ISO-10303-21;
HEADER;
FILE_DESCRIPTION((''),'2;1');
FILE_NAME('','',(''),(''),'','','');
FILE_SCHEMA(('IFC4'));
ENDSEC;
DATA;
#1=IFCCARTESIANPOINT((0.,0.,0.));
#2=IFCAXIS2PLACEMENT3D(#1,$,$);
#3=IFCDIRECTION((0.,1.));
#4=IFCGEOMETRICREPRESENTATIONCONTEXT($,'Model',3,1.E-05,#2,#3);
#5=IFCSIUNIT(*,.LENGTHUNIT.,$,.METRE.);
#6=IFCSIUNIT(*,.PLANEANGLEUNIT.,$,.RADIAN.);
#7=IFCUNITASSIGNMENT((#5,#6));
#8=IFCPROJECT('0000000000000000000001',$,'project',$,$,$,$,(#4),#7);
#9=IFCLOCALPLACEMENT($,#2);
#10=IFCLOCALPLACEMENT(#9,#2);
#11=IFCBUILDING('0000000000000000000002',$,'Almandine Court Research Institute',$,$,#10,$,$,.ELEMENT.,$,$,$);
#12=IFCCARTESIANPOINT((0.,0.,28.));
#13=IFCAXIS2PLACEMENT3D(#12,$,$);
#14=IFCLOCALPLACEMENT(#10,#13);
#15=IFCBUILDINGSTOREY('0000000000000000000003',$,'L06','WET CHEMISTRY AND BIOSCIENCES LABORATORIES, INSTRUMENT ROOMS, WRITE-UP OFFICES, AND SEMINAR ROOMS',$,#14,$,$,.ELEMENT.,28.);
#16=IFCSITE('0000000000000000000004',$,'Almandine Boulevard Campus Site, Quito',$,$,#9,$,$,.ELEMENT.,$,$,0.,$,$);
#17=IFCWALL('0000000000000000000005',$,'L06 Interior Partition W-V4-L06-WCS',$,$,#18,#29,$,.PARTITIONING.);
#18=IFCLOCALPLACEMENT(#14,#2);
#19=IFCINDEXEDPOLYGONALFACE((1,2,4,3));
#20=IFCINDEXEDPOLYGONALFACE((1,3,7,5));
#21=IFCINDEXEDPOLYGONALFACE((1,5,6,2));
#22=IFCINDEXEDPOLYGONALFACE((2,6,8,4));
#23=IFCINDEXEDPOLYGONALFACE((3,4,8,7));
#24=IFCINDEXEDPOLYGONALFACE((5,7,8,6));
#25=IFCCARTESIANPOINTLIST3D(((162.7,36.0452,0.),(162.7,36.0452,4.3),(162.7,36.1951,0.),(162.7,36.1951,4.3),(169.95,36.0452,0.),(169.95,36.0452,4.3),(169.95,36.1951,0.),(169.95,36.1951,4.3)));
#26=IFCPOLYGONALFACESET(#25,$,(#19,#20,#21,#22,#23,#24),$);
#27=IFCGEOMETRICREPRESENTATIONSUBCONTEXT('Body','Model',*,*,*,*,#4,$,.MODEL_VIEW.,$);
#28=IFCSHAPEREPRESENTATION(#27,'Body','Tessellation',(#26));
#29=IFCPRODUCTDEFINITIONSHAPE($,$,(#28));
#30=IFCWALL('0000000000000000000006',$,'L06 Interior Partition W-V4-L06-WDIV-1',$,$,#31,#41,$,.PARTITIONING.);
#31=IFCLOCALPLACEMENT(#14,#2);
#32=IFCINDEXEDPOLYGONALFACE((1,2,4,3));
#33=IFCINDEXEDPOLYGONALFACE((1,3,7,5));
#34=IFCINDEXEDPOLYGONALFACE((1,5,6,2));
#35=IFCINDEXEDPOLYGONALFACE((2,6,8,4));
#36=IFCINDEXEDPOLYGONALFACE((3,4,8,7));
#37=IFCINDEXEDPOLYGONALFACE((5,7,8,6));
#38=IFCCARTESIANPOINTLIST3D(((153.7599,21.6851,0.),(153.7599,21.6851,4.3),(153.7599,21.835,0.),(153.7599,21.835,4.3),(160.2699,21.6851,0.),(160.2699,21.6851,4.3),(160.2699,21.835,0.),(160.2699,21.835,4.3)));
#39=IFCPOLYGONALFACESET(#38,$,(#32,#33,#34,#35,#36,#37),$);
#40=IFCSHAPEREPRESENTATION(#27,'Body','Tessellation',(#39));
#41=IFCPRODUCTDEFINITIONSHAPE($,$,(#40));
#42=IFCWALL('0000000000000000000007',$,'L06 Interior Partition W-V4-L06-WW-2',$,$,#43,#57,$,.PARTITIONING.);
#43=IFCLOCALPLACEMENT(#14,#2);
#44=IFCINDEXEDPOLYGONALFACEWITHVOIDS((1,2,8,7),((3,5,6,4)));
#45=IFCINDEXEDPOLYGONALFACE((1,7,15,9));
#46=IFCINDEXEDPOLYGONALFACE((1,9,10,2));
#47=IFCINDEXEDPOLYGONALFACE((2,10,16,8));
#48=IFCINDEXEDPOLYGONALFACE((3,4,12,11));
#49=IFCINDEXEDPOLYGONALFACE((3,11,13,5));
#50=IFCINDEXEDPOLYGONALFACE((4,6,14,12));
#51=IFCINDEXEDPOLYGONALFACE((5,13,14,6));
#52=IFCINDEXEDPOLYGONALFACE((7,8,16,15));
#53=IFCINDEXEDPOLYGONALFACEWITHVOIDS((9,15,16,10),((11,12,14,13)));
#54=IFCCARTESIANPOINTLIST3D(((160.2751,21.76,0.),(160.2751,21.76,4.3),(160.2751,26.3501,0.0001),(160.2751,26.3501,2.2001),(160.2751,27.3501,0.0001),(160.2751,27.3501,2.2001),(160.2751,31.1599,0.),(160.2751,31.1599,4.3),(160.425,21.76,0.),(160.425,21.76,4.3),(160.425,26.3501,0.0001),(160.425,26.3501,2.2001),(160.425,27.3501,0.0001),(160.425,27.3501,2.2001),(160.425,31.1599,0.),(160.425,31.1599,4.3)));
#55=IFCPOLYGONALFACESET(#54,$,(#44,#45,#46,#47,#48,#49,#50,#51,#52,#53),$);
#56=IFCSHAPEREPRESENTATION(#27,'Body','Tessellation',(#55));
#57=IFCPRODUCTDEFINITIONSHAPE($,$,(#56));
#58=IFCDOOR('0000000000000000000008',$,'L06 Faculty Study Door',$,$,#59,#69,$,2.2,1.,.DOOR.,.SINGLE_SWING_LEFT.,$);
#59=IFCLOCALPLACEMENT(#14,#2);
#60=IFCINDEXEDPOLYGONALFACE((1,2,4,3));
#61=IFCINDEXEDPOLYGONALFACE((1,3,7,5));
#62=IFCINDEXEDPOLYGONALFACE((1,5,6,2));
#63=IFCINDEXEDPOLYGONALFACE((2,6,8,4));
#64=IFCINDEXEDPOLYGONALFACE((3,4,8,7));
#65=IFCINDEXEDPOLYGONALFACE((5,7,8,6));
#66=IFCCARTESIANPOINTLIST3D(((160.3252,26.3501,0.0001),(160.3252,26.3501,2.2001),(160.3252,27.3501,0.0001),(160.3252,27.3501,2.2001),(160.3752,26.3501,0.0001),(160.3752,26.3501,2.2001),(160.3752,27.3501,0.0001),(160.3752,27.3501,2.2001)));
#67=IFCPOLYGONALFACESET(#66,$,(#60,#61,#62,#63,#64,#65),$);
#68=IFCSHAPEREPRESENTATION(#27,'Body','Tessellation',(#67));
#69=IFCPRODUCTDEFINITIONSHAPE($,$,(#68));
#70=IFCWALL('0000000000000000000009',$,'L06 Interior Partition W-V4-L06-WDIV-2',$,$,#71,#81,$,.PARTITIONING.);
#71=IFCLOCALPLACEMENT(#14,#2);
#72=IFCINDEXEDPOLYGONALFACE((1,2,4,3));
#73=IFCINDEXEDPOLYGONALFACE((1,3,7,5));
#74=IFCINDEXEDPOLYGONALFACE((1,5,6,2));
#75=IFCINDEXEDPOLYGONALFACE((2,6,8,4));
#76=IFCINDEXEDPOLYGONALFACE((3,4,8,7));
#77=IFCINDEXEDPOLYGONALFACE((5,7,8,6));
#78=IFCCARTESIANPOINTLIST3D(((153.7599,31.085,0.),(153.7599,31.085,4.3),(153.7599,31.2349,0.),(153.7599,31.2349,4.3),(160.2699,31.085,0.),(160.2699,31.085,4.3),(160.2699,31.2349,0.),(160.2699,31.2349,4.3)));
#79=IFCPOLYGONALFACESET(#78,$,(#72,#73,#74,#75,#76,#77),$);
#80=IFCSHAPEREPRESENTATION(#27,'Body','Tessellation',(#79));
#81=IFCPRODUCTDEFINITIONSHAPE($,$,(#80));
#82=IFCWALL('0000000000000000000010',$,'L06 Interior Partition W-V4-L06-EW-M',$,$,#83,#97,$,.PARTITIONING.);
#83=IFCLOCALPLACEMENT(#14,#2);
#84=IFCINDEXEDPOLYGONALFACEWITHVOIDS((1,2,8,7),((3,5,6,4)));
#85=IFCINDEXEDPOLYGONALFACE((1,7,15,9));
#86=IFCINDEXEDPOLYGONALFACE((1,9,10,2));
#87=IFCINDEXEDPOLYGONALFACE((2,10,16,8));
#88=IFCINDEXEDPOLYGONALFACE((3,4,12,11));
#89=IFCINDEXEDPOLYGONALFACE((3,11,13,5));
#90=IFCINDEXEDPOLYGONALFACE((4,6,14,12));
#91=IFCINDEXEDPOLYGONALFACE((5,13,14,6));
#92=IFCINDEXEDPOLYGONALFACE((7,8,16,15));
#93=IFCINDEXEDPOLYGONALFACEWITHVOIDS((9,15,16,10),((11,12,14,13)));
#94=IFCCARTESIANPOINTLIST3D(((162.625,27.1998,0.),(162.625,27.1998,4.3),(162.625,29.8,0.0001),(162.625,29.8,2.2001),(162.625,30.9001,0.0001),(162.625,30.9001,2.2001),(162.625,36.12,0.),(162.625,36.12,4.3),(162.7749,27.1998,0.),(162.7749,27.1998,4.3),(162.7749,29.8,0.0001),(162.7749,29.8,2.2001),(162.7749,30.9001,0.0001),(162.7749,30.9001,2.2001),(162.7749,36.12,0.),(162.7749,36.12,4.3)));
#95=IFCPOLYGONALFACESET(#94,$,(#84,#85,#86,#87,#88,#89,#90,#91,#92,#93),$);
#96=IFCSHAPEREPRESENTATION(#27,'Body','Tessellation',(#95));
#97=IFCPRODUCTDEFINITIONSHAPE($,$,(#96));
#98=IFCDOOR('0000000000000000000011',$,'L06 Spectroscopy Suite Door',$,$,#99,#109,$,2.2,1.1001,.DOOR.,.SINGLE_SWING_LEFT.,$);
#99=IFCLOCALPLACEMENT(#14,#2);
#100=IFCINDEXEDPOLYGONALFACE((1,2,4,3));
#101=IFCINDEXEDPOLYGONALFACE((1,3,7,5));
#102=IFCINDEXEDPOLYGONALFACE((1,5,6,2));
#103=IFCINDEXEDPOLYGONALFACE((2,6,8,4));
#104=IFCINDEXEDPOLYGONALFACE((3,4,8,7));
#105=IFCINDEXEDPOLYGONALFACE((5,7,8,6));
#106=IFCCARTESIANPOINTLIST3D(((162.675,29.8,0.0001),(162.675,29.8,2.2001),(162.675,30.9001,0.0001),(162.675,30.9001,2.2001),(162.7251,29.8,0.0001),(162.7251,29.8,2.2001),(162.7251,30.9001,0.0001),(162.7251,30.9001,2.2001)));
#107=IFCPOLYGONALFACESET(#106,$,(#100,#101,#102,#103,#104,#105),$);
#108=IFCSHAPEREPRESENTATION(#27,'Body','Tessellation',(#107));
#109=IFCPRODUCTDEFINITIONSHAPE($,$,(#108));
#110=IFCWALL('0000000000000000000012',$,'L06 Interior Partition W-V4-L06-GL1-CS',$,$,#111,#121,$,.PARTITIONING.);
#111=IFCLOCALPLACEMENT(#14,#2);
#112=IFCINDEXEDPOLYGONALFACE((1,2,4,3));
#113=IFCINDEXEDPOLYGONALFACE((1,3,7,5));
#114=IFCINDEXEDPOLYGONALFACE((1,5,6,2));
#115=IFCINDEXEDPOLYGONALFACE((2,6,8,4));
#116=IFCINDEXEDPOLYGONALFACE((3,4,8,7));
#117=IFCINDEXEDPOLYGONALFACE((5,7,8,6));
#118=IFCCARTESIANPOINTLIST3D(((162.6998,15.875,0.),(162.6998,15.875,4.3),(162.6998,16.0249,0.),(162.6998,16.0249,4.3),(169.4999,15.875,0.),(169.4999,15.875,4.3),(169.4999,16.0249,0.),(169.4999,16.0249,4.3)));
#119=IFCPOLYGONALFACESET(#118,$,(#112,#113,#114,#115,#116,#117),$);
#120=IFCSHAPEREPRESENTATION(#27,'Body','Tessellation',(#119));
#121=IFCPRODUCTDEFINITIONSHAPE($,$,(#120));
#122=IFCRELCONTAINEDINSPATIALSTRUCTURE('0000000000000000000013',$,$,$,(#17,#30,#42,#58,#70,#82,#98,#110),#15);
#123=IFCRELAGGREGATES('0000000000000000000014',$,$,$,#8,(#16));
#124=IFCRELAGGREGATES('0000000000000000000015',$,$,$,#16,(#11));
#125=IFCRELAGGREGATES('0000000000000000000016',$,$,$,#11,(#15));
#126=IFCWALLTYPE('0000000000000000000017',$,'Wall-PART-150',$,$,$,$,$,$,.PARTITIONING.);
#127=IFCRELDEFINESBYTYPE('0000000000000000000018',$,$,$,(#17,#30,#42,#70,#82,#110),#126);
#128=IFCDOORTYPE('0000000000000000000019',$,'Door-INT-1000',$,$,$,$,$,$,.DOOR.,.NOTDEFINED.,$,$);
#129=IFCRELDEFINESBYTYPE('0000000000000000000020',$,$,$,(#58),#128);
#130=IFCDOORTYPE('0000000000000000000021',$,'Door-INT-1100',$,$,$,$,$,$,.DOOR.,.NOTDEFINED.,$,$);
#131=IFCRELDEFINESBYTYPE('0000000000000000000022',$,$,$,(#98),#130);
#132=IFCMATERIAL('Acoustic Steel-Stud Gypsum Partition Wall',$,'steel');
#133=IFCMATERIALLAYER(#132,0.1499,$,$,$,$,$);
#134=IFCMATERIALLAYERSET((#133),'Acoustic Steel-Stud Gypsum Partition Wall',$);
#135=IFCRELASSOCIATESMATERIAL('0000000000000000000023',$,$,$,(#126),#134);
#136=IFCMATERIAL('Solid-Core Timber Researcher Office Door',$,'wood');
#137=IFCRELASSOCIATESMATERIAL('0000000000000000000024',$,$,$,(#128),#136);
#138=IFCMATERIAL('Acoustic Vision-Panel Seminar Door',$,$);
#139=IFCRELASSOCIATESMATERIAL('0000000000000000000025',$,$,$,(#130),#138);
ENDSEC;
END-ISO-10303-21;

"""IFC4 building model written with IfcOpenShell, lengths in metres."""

from ifc_helpers import new_model, si_unit, direction, frame, frame_2d, origin, place, context, subcontext, project, spatial, rectangle, extrude, material, layer, layer_set, type_object, element, fill, save


model = new_model("IFC4")

# Units and contexts
model_context = context("Model", 3, precision=1e-05, world=origin(), true_north=direction((0.0, 1.0)))
body_context = subcontext(model_context, "Body", "Model", "MODEL_VIEW")
ifc_project = project(units=[si_unit("LENGTHUNIT", "METRE"), si_unit("PLANEANGLEUNIT", "RADIAN")], contexts=[model_context])

# Site, building, storey
site_placement = place(None, origin())
site = spatial("IfcSite", under=ifc_project, at=site_placement, Name="Almandine Boulevard Campus Site, Quito", CompositionType="ELEMENT", RefElevation=0.0)
building_placement = place(site_placement, origin())
building = spatial("IfcBuilding", under=site, at=building_placement, Name="Almandine Court Research Institute", CompositionType="ELEMENT")
storey_placement = place(building_placement, frame((0.0, 0.0, 28.0)))
storey = spatial("IfcBuildingStorey", under=building, at=storey_placement, Name="L06", Description="WET CHEMISTRY AND BIOSCIENCES LABORATORIES, INSTRUMENT ROOMS, WRITE-UP OFFICES, AND SEMINAR ROOMS", CompositionType="ELEMENT", Elevation=28.0)

# Walls
ifc_material_1 = material(Name="Acoustic Steel-Stud Gypsum Partition Wall", Category="steel")
ifc_layer_1 = layer(ifc_material_1, 0.1499)
ifc_layer_set_1 = layer_set([ifc_layer_1], Name="Acoustic Steel-Stud Gypsum Partition Wall")
wall_type_1 = type_object("IfcWallType", Name="Wall-PART-150", PredefinedType="PARTITIONING", material=ifc_layer_set_1)
wall_1_placement = place(storey_placement, frame((162.7, 36.1201, 0.0), z_axis=(0.0, 0.0, 1.0), x_axis=(1.0, 0.0, 0.0)))
element("IfcWall", 1, at=wall_1_placement, inside=storey, type_object=wall_type_1, Name="L06 Interior Partition W-V4-L06-WCS", PredefinedType="PARTITIONING", context=body_context, shape_type="SweptSolid", body=[
    extrude(rectangle(XDim=7.25, YDim=0.1499, at=frame_2d((3.625, 0.0))), origin(), (0.0, 0.0, 1.0), 4.3),
])
wall_2_placement = place(storey_placement, frame((153.76, 21.76, 0.0), z_axis=(0.0, 0.0, 1.0), x_axis=(1.0, 0.0, 0.0)))
element("IfcWall", 2, at=wall_2_placement, inside=storey, type_object=wall_type_1, Name="L06 Interior Partition W-V4-L06-WDIV-1", PredefinedType="PARTITIONING", context=body_context, shape_type="SweptSolid", body=[
    extrude(rectangle(XDim=6.51, YDim=0.1499, at=frame_2d((3.2549, 0.0))), origin(), (0.0, 0.0, 1.0), 4.3),
])

# Wall, opening, door
wall_3_placement = place(storey_placement, frame((160.3501, 21.76, 0.0), z_axis=(0.0, 0.0, 1.0), x_axis=(0.0, 1.0, 0.0)))
wall_3 = element("IfcWall", 3, at=wall_3_placement, inside=storey, type_object=wall_type_1, Name="L06 Interior Partition W-V4-L06-WW-2", PredefinedType="PARTITIONING", context=body_context, shape_type="SweptSolid", body=[
    extrude(rectangle(XDim=9.3999, YDim=0.1499, at=frame_2d((4.7, 0.0))), origin(), (0.0, 0.0, 1.0), 4.3),
])
opening_1_placement = place(wall_3_placement, frame((4.5901, 0.0, 0.0)))
opening_1 = element("IfcOpeningElement", 4, at=opening_1_placement, cuts=wall_3, PredefinedType="OPENING", context=body_context, shape_type="SweptSolid", body=[
    extrude(rectangle(XDim=1.0, YDim=2.2, at=frame_2d((0.5, 1.1001))), frame((0.0, 0.085, 0.0), z_axis=(0.0, -1.0, 0.0), x_axis=(1.0, 0.0, 0.0)), (0.0, 0.0, 1.0), 0.1699),
])
ifc_material_2 = material(Name="Solid-Core Timber Researcher Office Door", Category="wood")
door_type_1 = type_object("IfcDoorType", Name="Door-INT-1000", OperationType="NOTDEFINED", PredefinedType="DOOR", material=ifc_material_2)
door_1_placement = place(opening_1_placement, origin())
door_1 = element("IfcDoor", 5, at=door_1_placement, inside=storey, type_object=door_type_1, Name="L06 Faculty Study Door", OperationType="SINGLE_SWING_LEFT", OverallHeight=2.2, OverallWidth=1.0, PredefinedType="DOOR", context=body_context, shape_type="SweptSolid", body=[
    extrude(rectangle(XDim=1.0, YDim=2.2, at=frame_2d((0.5, 1.1001))), frame((0.0, 0.0249, 0.0), z_axis=(0.0, -1.0, 0.0), x_axis=(1.0, 0.0, 0.0)), (0.0, 0.0, 1.0), 0.05),
])
fill(opening_1, door_1)

# Wall
wall_4_placement = place(storey_placement, frame((153.76, 31.1599, 0.0), z_axis=(0.0, 0.0, 1.0), x_axis=(1.0, 0.0, 0.0)))
element("IfcWall", 6, at=wall_4_placement, inside=storey, type_object=wall_type_1, Name="L06 Interior Partition W-V4-L06-WDIV-2", PredefinedType="PARTITIONING", context=body_context, shape_type="SweptSolid", body=[
    extrude(rectangle(XDim=6.51, YDim=0.1499, at=frame_2d((3.2549, 0.0))), origin(), (0.0, 0.0, 1.0), 4.3),
])

# Wall, opening, door
wall_5_placement = place(storey_placement, frame((162.7, 27.2, 0.0), z_axis=(0.0, 0.0, 1.0), x_axis=(0.0, 1.0, 0.0)))
wall_5 = element("IfcWall", 7, at=wall_5_placement, inside=storey, type_object=wall_type_1, Name="L06 Interior Partition W-V4-L06-EW-M", PredefinedType="PARTITIONING", context=body_context, shape_type="SweptSolid", body=[
    extrude(rectangle(XDim=8.9202, YDim=0.1499, at=frame_2d((4.46, 0.0))), origin(), (0.0, 0.0, 1.0), 4.3),
])
opening_2_placement = place(wall_5_placement, frame((2.6001, 0.0, 0.0)))
opening_2 = element("IfcOpeningElement", 8, at=opening_2_placement, cuts=wall_5, PredefinedType="OPENING", context=body_context, shape_type="SweptSolid", body=[
    extrude(rectangle(XDim=1.1001, YDim=2.2, at=frame_2d((0.55, 1.1001))), frame((0.0, 0.085, 0.0), z_axis=(0.0, -1.0, 0.0), x_axis=(1.0, 0.0, 0.0)), (0.0, 0.0, 1.0), 0.1699),
])
ifc_material_3 = material(Name="Acoustic Vision-Panel Seminar Door")
door_type_2 = type_object("IfcDoorType", Name="Door-INT-1100", OperationType="NOTDEFINED", PredefinedType="DOOR", material=ifc_material_3)
door_2_placement = place(opening_2_placement, origin())
door_2 = element("IfcDoor", 9, at=door_2_placement, inside=storey, type_object=door_type_2, Name="L06 Spectroscopy Suite Door", OperationType="SINGLE_SWING_LEFT", OverallHeight=2.2, OverallWidth=1.1001, PredefinedType="DOOR", context=body_context, shape_type="SweptSolid", body=[
    extrude(rectangle(XDim=1.1001, YDim=2.2, at=frame_2d((0.55, 1.1001))), frame((0.0, 0.0249, 0.0), z_axis=(0.0, -1.0, 0.0), x_axis=(1.0, 0.0, 0.0)), (0.0, 0.0, 1.0), 0.05),
])
fill(opening_2, door_2)

# Wall
wall_6_placement = place(storey_placement, frame((162.7, 15.95, 0.0), z_axis=(0.0, 0.0, 1.0), x_axis=(1.0, 0.0, 0.0)))
element("IfcWall", 10, at=wall_6_placement, inside=storey, type_object=wall_type_1, Name="L06 Interior Partition W-V4-L06-GL1-CS", PredefinedType="PARTITIONING", context=body_context, shape_type="SweptSolid", body=[
    extrude(rectangle(XDim=6.8, YDim=0.1499, at=frame_2d((3.3999, 0.0))), origin(), (0.0, 0.0, 1.0), 4.3),
])

save(model, "model.ifc")
